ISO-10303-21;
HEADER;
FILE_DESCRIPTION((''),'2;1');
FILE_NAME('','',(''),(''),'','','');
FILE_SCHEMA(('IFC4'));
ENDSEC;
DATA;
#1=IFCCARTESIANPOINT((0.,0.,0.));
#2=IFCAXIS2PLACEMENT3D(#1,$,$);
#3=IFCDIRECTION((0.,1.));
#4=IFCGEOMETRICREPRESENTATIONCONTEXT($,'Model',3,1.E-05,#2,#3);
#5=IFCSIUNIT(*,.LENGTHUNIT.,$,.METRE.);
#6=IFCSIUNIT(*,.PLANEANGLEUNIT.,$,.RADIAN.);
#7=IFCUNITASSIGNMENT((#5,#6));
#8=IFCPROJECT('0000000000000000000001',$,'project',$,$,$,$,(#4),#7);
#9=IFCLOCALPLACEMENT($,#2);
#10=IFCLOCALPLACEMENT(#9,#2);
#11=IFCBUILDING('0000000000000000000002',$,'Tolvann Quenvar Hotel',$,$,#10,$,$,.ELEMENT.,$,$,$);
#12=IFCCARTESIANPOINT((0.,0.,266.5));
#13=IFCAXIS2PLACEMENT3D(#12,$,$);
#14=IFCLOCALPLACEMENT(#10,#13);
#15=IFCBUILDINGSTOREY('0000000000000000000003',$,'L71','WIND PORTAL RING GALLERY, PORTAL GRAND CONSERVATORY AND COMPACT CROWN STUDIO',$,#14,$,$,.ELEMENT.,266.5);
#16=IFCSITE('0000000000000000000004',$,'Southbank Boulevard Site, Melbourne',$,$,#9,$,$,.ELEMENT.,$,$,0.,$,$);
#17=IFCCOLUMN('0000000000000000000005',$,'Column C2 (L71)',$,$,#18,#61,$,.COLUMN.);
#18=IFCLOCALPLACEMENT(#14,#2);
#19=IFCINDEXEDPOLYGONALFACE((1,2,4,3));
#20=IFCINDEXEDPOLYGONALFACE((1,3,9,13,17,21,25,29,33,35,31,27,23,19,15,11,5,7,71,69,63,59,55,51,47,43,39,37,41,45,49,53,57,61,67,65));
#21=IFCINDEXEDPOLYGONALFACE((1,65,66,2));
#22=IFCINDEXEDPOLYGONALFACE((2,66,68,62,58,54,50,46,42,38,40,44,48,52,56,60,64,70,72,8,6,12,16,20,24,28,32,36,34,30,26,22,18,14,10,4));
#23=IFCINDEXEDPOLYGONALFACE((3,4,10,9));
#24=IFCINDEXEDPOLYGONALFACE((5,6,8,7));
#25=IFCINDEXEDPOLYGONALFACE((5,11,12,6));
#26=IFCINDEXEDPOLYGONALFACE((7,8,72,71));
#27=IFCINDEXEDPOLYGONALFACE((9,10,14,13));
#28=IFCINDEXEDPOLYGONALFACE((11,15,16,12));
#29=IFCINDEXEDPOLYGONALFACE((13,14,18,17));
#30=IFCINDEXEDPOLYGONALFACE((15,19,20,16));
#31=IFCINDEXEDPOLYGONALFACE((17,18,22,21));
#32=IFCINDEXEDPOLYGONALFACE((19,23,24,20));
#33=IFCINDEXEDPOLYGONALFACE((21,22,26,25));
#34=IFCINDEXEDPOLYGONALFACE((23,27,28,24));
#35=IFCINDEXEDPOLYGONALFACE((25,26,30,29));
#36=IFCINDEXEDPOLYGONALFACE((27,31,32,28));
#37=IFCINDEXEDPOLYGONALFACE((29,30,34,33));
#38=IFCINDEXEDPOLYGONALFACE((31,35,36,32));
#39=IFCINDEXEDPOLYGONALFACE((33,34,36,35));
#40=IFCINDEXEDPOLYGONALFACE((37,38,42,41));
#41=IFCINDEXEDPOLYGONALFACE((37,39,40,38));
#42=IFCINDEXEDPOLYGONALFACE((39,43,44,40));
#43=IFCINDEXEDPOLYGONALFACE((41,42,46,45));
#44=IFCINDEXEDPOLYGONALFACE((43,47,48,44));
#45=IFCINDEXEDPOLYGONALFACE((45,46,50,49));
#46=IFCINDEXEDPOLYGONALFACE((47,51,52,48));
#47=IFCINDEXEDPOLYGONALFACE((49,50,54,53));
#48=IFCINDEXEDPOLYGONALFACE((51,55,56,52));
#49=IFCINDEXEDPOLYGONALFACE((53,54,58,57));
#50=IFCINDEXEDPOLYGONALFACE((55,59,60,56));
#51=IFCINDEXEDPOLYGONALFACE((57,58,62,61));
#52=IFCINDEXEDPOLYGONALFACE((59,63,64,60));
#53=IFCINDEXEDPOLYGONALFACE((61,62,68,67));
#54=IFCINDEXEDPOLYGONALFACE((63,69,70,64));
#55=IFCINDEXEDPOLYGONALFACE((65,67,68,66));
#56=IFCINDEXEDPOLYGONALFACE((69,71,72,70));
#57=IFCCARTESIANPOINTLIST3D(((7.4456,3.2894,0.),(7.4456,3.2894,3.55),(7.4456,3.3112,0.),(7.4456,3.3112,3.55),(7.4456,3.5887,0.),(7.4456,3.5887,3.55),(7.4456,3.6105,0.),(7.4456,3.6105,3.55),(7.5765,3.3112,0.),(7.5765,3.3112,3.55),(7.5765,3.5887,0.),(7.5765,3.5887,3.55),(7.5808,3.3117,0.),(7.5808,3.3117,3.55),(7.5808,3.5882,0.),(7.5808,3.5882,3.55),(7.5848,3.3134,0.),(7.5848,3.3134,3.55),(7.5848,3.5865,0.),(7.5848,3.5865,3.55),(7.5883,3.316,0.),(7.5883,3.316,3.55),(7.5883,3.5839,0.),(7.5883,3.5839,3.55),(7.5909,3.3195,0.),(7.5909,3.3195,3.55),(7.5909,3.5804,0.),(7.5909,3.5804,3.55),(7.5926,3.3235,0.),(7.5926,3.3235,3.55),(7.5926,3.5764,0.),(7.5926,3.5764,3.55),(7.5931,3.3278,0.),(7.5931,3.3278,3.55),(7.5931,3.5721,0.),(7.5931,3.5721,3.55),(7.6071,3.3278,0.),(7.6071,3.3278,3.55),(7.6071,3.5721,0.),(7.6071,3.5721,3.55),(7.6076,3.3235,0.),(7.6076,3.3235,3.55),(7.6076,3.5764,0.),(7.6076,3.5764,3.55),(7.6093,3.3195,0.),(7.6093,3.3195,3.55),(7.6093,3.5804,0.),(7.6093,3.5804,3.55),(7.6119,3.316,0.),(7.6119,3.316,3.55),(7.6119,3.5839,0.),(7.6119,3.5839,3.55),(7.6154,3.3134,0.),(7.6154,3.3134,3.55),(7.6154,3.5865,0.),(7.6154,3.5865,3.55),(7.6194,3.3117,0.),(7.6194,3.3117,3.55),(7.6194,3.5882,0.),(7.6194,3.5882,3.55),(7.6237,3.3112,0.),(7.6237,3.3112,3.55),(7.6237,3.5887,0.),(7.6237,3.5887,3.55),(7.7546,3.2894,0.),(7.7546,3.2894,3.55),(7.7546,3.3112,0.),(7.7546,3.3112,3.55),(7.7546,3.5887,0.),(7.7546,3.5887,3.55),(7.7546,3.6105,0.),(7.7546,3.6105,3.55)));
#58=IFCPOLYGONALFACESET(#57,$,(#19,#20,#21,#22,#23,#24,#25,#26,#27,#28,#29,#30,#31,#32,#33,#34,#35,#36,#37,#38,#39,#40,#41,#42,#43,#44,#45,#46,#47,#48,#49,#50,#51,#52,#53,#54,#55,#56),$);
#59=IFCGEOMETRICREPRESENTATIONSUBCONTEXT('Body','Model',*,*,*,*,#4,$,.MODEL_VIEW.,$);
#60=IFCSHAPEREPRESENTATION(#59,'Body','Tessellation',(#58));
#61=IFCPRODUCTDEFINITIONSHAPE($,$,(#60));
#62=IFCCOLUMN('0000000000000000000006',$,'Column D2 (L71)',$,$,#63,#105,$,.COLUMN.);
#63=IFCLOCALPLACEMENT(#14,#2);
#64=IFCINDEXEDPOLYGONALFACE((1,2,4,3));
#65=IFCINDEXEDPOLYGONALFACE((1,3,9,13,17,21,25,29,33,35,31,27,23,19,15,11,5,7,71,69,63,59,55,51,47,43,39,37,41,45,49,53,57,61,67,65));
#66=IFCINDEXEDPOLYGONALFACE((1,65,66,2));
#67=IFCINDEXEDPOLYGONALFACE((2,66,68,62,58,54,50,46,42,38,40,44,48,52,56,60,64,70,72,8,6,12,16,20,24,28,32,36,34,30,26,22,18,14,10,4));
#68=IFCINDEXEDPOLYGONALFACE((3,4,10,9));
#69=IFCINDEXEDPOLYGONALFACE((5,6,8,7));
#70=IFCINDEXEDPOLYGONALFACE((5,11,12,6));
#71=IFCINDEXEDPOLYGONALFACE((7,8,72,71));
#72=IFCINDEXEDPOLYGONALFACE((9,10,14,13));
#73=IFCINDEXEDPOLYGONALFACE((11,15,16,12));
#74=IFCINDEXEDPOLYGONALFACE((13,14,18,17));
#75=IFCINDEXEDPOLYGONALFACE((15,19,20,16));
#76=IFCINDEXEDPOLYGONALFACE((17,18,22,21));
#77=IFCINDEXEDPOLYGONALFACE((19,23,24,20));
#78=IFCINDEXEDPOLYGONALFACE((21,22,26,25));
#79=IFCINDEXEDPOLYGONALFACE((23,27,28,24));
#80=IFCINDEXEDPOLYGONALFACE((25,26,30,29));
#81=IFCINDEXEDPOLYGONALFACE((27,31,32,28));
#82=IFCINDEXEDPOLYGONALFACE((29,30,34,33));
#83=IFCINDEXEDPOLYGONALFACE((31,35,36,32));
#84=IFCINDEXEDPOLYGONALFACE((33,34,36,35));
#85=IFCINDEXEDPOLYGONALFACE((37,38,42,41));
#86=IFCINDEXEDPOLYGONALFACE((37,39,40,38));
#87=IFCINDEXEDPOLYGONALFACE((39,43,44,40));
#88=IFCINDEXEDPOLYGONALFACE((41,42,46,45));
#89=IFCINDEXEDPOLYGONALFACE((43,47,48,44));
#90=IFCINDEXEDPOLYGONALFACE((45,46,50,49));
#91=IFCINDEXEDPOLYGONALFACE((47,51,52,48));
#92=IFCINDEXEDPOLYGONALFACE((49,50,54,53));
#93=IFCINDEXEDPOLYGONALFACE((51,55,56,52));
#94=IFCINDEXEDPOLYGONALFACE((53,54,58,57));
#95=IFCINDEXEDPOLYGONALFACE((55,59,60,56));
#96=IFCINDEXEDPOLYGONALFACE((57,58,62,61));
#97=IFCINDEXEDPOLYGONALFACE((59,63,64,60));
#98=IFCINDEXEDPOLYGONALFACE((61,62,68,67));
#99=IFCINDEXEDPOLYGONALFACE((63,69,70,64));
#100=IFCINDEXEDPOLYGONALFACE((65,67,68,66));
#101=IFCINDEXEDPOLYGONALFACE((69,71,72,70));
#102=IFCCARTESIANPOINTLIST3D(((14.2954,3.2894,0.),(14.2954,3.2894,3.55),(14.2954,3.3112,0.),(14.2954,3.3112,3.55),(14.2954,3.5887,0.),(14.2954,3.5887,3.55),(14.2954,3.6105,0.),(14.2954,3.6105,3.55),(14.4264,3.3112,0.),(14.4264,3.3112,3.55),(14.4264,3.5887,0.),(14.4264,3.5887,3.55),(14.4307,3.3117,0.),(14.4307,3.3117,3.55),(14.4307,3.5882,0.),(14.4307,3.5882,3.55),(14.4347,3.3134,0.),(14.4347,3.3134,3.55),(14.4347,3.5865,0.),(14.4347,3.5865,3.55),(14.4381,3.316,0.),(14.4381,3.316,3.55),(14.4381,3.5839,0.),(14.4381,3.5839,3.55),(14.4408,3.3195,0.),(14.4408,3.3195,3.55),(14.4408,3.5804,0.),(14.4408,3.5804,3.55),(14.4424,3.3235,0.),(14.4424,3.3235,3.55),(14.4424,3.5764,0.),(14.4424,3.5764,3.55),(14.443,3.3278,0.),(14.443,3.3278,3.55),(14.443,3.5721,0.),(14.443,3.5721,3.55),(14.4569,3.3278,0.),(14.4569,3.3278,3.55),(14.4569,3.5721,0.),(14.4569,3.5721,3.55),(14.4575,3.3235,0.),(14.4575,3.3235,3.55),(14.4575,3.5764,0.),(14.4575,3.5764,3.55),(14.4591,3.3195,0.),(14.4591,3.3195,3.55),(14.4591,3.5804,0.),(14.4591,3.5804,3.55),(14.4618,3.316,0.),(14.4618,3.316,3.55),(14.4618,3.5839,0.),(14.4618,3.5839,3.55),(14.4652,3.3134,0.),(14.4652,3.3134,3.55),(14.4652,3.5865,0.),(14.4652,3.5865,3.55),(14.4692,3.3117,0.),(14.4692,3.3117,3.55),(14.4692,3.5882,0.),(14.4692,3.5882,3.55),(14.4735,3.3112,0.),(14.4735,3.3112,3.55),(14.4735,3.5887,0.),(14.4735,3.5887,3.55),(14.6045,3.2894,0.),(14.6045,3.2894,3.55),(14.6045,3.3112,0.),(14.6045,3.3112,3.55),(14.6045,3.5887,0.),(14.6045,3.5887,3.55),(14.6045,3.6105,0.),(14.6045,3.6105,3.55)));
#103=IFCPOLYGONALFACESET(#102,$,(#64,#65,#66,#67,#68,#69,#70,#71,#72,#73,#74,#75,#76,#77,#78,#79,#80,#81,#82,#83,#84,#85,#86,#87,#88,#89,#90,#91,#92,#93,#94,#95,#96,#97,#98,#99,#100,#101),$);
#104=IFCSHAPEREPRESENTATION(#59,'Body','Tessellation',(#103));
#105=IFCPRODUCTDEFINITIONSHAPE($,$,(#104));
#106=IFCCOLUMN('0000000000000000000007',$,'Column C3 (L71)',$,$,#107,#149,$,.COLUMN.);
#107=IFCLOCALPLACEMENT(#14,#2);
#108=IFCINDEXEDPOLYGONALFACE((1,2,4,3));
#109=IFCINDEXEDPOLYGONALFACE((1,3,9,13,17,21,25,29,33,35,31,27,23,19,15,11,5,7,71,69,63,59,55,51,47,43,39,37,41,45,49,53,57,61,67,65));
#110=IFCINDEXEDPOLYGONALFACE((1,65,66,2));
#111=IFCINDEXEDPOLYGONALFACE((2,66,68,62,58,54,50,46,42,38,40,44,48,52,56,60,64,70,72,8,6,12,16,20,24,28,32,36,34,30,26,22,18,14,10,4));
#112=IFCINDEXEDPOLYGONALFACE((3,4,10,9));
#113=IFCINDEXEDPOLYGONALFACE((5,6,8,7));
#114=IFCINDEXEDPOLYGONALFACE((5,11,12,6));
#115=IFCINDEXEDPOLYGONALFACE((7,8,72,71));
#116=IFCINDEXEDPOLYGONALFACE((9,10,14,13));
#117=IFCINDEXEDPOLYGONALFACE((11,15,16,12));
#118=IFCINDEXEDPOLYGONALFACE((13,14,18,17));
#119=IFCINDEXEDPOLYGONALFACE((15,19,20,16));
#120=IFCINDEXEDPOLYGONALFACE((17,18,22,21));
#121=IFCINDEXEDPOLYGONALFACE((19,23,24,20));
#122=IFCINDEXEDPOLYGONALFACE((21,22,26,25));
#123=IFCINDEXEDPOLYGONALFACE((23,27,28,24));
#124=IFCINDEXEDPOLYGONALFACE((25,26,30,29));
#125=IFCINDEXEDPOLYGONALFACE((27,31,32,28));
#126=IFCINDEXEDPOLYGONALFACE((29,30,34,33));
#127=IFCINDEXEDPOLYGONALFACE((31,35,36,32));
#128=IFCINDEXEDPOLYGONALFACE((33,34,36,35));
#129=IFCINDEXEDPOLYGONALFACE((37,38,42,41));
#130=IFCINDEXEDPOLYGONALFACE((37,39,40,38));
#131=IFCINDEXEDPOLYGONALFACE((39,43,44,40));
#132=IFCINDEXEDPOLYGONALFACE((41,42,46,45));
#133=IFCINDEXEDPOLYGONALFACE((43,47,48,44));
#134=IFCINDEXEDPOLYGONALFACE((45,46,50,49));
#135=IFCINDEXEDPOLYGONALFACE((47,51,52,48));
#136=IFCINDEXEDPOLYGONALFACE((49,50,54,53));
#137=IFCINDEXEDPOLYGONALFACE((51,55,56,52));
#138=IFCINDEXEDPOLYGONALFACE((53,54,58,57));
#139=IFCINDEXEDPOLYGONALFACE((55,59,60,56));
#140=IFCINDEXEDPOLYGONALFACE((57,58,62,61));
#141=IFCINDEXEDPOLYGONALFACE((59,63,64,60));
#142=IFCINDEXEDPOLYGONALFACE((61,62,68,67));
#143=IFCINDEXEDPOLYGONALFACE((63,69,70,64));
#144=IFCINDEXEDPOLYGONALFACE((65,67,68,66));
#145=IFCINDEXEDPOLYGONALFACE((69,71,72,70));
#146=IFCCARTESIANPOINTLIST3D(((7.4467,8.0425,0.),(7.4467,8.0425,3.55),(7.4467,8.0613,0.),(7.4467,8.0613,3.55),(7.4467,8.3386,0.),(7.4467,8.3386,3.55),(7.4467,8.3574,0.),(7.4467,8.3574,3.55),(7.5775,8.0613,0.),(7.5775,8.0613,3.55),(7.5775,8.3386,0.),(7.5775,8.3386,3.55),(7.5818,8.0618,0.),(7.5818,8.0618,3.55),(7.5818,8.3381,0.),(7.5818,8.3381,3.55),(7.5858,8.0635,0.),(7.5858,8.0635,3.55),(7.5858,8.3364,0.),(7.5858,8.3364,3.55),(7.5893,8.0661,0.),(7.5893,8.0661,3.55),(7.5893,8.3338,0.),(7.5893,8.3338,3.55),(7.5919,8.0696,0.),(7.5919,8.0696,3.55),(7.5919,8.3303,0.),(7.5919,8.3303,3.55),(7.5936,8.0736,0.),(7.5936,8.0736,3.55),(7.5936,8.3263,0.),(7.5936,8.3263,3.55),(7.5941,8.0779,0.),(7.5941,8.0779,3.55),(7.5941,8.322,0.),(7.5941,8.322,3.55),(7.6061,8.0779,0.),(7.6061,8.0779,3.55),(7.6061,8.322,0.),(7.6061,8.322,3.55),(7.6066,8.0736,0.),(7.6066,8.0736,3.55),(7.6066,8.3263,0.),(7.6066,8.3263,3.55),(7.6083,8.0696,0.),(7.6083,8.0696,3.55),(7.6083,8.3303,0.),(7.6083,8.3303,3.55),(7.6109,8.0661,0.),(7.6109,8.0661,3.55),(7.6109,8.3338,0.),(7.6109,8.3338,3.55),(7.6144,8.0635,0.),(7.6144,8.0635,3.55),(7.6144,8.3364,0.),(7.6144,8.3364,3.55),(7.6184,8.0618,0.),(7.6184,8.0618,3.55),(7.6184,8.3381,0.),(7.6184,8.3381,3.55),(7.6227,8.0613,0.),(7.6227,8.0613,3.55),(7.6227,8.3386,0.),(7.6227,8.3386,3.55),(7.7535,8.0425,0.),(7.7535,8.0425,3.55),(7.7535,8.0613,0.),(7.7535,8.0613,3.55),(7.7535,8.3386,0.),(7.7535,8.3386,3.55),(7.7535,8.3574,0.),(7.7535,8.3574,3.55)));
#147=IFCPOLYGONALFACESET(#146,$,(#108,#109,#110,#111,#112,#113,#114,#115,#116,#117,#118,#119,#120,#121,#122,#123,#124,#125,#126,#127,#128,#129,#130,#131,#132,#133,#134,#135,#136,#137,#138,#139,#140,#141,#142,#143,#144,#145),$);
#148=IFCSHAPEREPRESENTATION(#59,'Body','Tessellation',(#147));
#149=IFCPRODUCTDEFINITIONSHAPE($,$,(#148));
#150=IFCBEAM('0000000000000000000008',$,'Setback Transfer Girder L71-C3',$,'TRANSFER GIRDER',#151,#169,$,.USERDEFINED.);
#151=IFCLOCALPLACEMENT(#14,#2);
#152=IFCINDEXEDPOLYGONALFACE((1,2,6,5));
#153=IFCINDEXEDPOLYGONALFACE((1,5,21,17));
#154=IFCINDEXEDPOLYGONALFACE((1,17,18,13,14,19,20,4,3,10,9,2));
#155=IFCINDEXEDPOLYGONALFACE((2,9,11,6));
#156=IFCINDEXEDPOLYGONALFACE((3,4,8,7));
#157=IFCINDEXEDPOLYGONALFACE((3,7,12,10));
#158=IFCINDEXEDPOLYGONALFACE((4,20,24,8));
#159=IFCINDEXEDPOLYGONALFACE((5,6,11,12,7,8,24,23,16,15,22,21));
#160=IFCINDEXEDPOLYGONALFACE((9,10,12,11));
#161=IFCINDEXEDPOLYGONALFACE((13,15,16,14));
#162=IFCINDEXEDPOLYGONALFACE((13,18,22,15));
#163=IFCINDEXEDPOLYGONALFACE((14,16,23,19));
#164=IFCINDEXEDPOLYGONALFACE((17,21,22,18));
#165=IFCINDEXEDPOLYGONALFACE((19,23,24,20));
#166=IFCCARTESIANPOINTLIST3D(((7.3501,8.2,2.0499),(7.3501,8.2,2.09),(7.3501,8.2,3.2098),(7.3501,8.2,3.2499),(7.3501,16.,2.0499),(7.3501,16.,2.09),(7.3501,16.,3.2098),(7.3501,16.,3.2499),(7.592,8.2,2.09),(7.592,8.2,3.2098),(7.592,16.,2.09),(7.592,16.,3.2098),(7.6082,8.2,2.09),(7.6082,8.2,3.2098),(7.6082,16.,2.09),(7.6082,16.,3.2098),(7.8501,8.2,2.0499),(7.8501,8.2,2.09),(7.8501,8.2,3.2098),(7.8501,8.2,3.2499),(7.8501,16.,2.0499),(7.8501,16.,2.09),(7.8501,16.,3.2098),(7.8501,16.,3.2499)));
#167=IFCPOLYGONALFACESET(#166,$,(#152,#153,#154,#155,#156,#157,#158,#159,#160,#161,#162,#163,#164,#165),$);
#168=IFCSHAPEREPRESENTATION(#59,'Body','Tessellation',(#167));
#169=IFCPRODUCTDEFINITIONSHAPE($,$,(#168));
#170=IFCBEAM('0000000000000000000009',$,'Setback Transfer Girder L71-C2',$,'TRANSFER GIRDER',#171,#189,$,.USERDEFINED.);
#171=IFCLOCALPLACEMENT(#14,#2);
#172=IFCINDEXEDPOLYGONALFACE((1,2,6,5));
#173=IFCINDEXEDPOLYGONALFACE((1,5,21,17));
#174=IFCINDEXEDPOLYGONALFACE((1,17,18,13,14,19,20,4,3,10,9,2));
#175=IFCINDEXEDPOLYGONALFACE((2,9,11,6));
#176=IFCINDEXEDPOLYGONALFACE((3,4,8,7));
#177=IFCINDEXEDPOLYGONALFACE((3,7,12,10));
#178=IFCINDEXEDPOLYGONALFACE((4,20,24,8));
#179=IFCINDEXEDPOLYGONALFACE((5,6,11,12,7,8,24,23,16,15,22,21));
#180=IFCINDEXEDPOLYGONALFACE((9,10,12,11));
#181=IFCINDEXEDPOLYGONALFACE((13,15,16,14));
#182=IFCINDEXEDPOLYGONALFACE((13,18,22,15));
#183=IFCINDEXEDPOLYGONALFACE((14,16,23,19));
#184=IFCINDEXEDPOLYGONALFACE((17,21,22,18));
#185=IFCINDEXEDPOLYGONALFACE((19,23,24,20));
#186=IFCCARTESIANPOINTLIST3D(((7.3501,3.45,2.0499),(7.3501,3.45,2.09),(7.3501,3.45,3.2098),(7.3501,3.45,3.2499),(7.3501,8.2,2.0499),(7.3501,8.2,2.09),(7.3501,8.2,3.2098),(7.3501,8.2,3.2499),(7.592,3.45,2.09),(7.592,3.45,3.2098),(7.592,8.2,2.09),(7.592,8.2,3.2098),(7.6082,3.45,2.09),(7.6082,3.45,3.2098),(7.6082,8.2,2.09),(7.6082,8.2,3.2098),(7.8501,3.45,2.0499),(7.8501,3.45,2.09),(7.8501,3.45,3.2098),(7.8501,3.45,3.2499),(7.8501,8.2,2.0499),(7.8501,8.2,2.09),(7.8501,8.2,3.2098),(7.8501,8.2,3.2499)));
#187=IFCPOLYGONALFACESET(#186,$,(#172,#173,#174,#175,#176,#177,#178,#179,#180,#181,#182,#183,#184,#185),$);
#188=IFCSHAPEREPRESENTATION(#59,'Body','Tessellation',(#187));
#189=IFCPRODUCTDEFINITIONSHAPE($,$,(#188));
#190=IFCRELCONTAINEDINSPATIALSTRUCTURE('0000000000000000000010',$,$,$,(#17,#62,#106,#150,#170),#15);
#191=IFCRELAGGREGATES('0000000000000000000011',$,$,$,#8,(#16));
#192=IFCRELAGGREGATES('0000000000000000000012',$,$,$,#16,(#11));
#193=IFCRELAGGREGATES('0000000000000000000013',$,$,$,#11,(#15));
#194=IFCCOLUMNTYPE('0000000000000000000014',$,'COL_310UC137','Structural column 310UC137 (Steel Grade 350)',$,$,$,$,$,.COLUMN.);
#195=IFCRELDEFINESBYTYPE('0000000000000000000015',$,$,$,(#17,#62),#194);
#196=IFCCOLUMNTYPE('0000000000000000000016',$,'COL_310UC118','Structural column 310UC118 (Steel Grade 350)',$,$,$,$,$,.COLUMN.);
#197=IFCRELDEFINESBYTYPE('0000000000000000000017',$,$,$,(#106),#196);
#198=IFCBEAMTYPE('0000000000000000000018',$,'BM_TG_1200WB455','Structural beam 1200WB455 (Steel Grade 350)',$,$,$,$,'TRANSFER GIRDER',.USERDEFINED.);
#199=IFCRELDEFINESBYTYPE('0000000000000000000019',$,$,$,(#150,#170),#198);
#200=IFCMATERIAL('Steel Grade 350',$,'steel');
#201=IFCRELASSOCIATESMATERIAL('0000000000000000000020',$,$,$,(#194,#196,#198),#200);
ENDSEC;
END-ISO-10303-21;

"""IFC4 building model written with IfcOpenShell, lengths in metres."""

from ifc_helpers import new_model, si_unit, direction, frame, origin, origin_2d, place, context, subcontext, project, spatial, i_section, extrude, source, transform, mapped, material, material_profile, profile_set, type_object, type_shapes, element, save


model = new_model("IFC4")

# Units and contexts
model_context = context("Model", 3, precision=1e-05, world=origin(), true_north=direction((0.0, 1.0)))
body_context = subcontext(model_context, "Body", "Model", "MODEL_VIEW")
ifc_project = project(units=[si_unit("LENGTHUNIT", "METRE"), si_unit("PLANEANGLEUNIT", "RADIAN")], contexts=[model_context])

# Site, building, storey
site_placement = place(None, origin())
site = spatial("IfcSite", under=ifc_project, at=site_placement, Name="Southbank Boulevard Site, Melbourne", CompositionType="ELEMENT", RefElevation=0.0)
building_placement = place(site_placement, origin())
building = spatial("IfcBuilding", under=site, at=building_placement, Name="Tolvann Quenvar Hotel", CompositionType="ELEMENT")
storey_placement = place(building_placement, frame((0.0, 0.0, 266.5)))
storey = spatial("IfcBuildingStorey", under=building, at=storey_placement, Name="L71", Description="WIND PORTAL RING GALLERY, PORTAL GRAND CONSERVATORY AND COMPACT CROWN STUDIO", CompositionType="ELEMENT", Elevation=266.5)

# Columns
ifc_material_1 = material(Name="Steel Grade 350", Category="steel")
ifc_material_profile_1 = material_profile(ifc_material_1, i_section(OverallWidth=0.3091, OverallDepth=0.321, WebThickness=0.0139, FlangeThickness=0.0217, FilletRadius=0.0166, at=origin_2d()), Name="310UC137")
ifc_profile_set_1 = profile_set([ifc_material_profile_1], Name="Steel Grade 350")
column_type_1 = type_object("IfcColumnType", Name="COL_310UC137", Description="Structural column 310UC137 (Steel Grade 350)", PredefinedType="COLUMN", material=ifc_profile_set_1)
shared_shape_1 = source(origin(), body_context, "Body", "SweptSolid", [
    extrude(i_section(OverallWidth=0.3091, OverallDepth=0.321, WebThickness=0.0139, FlangeThickness=0.0217, FilletRadius=0.0166, at=origin_2d()), origin(), (0.0, 0.0, 1.0), 3.55),
])
type_shapes(column_type_1, [shared_shape_1])
for number, where, z_axis, x_axis, name in (
    (1, (7.6001, 3.45, 0.0), (0.0, 0.0, 1.0), (1.0, 0.0, 0.0), "Column C2 (L71)"),
    (2, (14.45, 3.45, 0.0), (0.0, 0.0, 1.0), (1.0, 0.0, 0.0), "Column D2 (L71)"),
):
    element("IfcColumn", number, at=place(storey_placement, frame(where, z_axis=z_axis, x_axis=x_axis)), inside=storey, type_object=column_type_1, Name=name, PredefinedType="COLUMN", context=body_context, shape_type="MappedRepresentation", body=[
        mapped(shared_shape_1, transform((0.0, 0.0, 0.0), x_axis=(1.0, 0.0, 0.0), y_axis=(0.0, 1.0, 0.0), z_axis=(0.0, 0.0, 1.0), scale=1.0)),
    ])
ifc_material_profile_2 = material_profile(ifc_material_1, i_section(OverallWidth=0.3069, OverallDepth=0.3149, WebThickness=0.012, FlangeThickness=0.0188, FilletRadius=0.0166, at=origin_2d()), Name="310UC118")
ifc_profile_set_2 = profile_set([ifc_material_profile_2], Name="Steel Grade 350")
column_type_2 = type_object("IfcColumnType", Name="COL_310UC118", Description="Structural column 310UC118 (Steel Grade 350)", PredefinedType="COLUMN", material=ifc_profile_set_2)
shared_shape_2 = source(origin(), body_context, "Body", "SweptSolid", [
    extrude(i_section(OverallWidth=0.3069, OverallDepth=0.3149, WebThickness=0.012, FlangeThickness=0.0188, FilletRadius=0.0166, at=origin_2d()), origin(), (0.0, 0.0, 1.0), 3.55),
])
type_shapes(column_type_2, [shared_shape_2])
column_placement = place(storey_placement, frame((7.6001, 8.2, 0.0), z_axis=(0.0, 0.0, 1.0), x_axis=(1.0, 0.0, 0.0)))
element("IfcColumn", 3, at=column_placement, inside=storey, type_object=column_type_2, Name="Column C3 (L71)", PredefinedType="COLUMN", context=body_context, shape_type="MappedRepresentation", body=[
    mapped(shared_shape_2, transform((0.0, 0.0, 0.0), x_axis=(1.0, 0.0, 0.0), y_axis=(0.0, 1.0, 0.0), z_axis=(0.0, 0.0, 1.0), scale=1.0)),
])

# Beams
ifc_material_profile_3 = material_profile(ifc_material_1, i_section(OverallWidth=0.5, OverallDepth=1.2, WebThickness=0.0161, FlangeThickness=0.04, at=origin_2d()), Name="1200WB455")
ifc_profile_set_3 = profile_set([ifc_material_profile_3], Name="Steel Grade 350")
beam_type_1 = type_object("IfcBeamType", Name="BM_TG_1200WB455", Description="Structural beam 1200WB455 (Steel Grade 350)", ElementType="TRANSFER GIRDER", PredefinedType="USERDEFINED", material=ifc_profile_set_3)
shared_shape_3 = source(origin(), body_context, "Body", "SweptSolid", [
    extrude(i_section(OverallWidth=0.5, OverallDepth=1.2, WebThickness=0.0161, FlangeThickness=0.04, at=origin_2d()), origin(), (0.0, 0.0, 1.0), 7.8),
])
beam_1_placement = place(storey_placement, frame((7.6001, 8.2, 2.6499), z_axis=(0.0, 1.0, 0.0), x_axis=(-1.0, 0.0, 0.0)))
element("IfcBeam", 4, at=beam_1_placement, inside=storey, type_object=beam_type_1, Name="Setback Transfer Girder L71-C3", ObjectType="TRANSFER GIRDER", PredefinedType="USERDEFINED", context=body_context, shape_type="MappedRepresentation", body=[
    mapped(shared_shape_3, transform((0.0, 0.0, 0.0), x_axis=(1.0, 0.0, 0.0), y_axis=(0.0, 1.0, 0.0), z_axis=(0.0, 0.0, 1.0), scale=1.0)),
])
shared_shape_4 = source(origin(), body_context, "Body", "SweptSolid", [
    extrude(i_section(OverallWidth=0.5, OverallDepth=1.2, WebThickness=0.0161, FlangeThickness=0.04, at=origin_2d()), origin(), (0.0, 0.0, 1.0), 4.75),
])
beam_2_placement = place(storey_placement, frame((7.6001, 3.45, 2.6499), z_axis=(0.0, 1.0, 0.0), x_axis=(-1.0, 0.0, 0.0)))
element("IfcBeam", 5, at=beam_2_placement, inside=storey, type_object=beam_type_1, Name="Setback Transfer Girder L71-C2", ObjectType="TRANSFER GIRDER", PredefinedType="USERDEFINED", context=body_context, shape_type="MappedRepresentation", body=[
    mapped(shared_shape_4, transform((0.0, 0.0, 0.0), x_axis=(1.0, 0.0, 0.0), y_axis=(0.0, 1.0, 0.0), z_axis=(0.0, 0.0, 1.0), scale=1.0)),
])

save(model, "model.ifc")
